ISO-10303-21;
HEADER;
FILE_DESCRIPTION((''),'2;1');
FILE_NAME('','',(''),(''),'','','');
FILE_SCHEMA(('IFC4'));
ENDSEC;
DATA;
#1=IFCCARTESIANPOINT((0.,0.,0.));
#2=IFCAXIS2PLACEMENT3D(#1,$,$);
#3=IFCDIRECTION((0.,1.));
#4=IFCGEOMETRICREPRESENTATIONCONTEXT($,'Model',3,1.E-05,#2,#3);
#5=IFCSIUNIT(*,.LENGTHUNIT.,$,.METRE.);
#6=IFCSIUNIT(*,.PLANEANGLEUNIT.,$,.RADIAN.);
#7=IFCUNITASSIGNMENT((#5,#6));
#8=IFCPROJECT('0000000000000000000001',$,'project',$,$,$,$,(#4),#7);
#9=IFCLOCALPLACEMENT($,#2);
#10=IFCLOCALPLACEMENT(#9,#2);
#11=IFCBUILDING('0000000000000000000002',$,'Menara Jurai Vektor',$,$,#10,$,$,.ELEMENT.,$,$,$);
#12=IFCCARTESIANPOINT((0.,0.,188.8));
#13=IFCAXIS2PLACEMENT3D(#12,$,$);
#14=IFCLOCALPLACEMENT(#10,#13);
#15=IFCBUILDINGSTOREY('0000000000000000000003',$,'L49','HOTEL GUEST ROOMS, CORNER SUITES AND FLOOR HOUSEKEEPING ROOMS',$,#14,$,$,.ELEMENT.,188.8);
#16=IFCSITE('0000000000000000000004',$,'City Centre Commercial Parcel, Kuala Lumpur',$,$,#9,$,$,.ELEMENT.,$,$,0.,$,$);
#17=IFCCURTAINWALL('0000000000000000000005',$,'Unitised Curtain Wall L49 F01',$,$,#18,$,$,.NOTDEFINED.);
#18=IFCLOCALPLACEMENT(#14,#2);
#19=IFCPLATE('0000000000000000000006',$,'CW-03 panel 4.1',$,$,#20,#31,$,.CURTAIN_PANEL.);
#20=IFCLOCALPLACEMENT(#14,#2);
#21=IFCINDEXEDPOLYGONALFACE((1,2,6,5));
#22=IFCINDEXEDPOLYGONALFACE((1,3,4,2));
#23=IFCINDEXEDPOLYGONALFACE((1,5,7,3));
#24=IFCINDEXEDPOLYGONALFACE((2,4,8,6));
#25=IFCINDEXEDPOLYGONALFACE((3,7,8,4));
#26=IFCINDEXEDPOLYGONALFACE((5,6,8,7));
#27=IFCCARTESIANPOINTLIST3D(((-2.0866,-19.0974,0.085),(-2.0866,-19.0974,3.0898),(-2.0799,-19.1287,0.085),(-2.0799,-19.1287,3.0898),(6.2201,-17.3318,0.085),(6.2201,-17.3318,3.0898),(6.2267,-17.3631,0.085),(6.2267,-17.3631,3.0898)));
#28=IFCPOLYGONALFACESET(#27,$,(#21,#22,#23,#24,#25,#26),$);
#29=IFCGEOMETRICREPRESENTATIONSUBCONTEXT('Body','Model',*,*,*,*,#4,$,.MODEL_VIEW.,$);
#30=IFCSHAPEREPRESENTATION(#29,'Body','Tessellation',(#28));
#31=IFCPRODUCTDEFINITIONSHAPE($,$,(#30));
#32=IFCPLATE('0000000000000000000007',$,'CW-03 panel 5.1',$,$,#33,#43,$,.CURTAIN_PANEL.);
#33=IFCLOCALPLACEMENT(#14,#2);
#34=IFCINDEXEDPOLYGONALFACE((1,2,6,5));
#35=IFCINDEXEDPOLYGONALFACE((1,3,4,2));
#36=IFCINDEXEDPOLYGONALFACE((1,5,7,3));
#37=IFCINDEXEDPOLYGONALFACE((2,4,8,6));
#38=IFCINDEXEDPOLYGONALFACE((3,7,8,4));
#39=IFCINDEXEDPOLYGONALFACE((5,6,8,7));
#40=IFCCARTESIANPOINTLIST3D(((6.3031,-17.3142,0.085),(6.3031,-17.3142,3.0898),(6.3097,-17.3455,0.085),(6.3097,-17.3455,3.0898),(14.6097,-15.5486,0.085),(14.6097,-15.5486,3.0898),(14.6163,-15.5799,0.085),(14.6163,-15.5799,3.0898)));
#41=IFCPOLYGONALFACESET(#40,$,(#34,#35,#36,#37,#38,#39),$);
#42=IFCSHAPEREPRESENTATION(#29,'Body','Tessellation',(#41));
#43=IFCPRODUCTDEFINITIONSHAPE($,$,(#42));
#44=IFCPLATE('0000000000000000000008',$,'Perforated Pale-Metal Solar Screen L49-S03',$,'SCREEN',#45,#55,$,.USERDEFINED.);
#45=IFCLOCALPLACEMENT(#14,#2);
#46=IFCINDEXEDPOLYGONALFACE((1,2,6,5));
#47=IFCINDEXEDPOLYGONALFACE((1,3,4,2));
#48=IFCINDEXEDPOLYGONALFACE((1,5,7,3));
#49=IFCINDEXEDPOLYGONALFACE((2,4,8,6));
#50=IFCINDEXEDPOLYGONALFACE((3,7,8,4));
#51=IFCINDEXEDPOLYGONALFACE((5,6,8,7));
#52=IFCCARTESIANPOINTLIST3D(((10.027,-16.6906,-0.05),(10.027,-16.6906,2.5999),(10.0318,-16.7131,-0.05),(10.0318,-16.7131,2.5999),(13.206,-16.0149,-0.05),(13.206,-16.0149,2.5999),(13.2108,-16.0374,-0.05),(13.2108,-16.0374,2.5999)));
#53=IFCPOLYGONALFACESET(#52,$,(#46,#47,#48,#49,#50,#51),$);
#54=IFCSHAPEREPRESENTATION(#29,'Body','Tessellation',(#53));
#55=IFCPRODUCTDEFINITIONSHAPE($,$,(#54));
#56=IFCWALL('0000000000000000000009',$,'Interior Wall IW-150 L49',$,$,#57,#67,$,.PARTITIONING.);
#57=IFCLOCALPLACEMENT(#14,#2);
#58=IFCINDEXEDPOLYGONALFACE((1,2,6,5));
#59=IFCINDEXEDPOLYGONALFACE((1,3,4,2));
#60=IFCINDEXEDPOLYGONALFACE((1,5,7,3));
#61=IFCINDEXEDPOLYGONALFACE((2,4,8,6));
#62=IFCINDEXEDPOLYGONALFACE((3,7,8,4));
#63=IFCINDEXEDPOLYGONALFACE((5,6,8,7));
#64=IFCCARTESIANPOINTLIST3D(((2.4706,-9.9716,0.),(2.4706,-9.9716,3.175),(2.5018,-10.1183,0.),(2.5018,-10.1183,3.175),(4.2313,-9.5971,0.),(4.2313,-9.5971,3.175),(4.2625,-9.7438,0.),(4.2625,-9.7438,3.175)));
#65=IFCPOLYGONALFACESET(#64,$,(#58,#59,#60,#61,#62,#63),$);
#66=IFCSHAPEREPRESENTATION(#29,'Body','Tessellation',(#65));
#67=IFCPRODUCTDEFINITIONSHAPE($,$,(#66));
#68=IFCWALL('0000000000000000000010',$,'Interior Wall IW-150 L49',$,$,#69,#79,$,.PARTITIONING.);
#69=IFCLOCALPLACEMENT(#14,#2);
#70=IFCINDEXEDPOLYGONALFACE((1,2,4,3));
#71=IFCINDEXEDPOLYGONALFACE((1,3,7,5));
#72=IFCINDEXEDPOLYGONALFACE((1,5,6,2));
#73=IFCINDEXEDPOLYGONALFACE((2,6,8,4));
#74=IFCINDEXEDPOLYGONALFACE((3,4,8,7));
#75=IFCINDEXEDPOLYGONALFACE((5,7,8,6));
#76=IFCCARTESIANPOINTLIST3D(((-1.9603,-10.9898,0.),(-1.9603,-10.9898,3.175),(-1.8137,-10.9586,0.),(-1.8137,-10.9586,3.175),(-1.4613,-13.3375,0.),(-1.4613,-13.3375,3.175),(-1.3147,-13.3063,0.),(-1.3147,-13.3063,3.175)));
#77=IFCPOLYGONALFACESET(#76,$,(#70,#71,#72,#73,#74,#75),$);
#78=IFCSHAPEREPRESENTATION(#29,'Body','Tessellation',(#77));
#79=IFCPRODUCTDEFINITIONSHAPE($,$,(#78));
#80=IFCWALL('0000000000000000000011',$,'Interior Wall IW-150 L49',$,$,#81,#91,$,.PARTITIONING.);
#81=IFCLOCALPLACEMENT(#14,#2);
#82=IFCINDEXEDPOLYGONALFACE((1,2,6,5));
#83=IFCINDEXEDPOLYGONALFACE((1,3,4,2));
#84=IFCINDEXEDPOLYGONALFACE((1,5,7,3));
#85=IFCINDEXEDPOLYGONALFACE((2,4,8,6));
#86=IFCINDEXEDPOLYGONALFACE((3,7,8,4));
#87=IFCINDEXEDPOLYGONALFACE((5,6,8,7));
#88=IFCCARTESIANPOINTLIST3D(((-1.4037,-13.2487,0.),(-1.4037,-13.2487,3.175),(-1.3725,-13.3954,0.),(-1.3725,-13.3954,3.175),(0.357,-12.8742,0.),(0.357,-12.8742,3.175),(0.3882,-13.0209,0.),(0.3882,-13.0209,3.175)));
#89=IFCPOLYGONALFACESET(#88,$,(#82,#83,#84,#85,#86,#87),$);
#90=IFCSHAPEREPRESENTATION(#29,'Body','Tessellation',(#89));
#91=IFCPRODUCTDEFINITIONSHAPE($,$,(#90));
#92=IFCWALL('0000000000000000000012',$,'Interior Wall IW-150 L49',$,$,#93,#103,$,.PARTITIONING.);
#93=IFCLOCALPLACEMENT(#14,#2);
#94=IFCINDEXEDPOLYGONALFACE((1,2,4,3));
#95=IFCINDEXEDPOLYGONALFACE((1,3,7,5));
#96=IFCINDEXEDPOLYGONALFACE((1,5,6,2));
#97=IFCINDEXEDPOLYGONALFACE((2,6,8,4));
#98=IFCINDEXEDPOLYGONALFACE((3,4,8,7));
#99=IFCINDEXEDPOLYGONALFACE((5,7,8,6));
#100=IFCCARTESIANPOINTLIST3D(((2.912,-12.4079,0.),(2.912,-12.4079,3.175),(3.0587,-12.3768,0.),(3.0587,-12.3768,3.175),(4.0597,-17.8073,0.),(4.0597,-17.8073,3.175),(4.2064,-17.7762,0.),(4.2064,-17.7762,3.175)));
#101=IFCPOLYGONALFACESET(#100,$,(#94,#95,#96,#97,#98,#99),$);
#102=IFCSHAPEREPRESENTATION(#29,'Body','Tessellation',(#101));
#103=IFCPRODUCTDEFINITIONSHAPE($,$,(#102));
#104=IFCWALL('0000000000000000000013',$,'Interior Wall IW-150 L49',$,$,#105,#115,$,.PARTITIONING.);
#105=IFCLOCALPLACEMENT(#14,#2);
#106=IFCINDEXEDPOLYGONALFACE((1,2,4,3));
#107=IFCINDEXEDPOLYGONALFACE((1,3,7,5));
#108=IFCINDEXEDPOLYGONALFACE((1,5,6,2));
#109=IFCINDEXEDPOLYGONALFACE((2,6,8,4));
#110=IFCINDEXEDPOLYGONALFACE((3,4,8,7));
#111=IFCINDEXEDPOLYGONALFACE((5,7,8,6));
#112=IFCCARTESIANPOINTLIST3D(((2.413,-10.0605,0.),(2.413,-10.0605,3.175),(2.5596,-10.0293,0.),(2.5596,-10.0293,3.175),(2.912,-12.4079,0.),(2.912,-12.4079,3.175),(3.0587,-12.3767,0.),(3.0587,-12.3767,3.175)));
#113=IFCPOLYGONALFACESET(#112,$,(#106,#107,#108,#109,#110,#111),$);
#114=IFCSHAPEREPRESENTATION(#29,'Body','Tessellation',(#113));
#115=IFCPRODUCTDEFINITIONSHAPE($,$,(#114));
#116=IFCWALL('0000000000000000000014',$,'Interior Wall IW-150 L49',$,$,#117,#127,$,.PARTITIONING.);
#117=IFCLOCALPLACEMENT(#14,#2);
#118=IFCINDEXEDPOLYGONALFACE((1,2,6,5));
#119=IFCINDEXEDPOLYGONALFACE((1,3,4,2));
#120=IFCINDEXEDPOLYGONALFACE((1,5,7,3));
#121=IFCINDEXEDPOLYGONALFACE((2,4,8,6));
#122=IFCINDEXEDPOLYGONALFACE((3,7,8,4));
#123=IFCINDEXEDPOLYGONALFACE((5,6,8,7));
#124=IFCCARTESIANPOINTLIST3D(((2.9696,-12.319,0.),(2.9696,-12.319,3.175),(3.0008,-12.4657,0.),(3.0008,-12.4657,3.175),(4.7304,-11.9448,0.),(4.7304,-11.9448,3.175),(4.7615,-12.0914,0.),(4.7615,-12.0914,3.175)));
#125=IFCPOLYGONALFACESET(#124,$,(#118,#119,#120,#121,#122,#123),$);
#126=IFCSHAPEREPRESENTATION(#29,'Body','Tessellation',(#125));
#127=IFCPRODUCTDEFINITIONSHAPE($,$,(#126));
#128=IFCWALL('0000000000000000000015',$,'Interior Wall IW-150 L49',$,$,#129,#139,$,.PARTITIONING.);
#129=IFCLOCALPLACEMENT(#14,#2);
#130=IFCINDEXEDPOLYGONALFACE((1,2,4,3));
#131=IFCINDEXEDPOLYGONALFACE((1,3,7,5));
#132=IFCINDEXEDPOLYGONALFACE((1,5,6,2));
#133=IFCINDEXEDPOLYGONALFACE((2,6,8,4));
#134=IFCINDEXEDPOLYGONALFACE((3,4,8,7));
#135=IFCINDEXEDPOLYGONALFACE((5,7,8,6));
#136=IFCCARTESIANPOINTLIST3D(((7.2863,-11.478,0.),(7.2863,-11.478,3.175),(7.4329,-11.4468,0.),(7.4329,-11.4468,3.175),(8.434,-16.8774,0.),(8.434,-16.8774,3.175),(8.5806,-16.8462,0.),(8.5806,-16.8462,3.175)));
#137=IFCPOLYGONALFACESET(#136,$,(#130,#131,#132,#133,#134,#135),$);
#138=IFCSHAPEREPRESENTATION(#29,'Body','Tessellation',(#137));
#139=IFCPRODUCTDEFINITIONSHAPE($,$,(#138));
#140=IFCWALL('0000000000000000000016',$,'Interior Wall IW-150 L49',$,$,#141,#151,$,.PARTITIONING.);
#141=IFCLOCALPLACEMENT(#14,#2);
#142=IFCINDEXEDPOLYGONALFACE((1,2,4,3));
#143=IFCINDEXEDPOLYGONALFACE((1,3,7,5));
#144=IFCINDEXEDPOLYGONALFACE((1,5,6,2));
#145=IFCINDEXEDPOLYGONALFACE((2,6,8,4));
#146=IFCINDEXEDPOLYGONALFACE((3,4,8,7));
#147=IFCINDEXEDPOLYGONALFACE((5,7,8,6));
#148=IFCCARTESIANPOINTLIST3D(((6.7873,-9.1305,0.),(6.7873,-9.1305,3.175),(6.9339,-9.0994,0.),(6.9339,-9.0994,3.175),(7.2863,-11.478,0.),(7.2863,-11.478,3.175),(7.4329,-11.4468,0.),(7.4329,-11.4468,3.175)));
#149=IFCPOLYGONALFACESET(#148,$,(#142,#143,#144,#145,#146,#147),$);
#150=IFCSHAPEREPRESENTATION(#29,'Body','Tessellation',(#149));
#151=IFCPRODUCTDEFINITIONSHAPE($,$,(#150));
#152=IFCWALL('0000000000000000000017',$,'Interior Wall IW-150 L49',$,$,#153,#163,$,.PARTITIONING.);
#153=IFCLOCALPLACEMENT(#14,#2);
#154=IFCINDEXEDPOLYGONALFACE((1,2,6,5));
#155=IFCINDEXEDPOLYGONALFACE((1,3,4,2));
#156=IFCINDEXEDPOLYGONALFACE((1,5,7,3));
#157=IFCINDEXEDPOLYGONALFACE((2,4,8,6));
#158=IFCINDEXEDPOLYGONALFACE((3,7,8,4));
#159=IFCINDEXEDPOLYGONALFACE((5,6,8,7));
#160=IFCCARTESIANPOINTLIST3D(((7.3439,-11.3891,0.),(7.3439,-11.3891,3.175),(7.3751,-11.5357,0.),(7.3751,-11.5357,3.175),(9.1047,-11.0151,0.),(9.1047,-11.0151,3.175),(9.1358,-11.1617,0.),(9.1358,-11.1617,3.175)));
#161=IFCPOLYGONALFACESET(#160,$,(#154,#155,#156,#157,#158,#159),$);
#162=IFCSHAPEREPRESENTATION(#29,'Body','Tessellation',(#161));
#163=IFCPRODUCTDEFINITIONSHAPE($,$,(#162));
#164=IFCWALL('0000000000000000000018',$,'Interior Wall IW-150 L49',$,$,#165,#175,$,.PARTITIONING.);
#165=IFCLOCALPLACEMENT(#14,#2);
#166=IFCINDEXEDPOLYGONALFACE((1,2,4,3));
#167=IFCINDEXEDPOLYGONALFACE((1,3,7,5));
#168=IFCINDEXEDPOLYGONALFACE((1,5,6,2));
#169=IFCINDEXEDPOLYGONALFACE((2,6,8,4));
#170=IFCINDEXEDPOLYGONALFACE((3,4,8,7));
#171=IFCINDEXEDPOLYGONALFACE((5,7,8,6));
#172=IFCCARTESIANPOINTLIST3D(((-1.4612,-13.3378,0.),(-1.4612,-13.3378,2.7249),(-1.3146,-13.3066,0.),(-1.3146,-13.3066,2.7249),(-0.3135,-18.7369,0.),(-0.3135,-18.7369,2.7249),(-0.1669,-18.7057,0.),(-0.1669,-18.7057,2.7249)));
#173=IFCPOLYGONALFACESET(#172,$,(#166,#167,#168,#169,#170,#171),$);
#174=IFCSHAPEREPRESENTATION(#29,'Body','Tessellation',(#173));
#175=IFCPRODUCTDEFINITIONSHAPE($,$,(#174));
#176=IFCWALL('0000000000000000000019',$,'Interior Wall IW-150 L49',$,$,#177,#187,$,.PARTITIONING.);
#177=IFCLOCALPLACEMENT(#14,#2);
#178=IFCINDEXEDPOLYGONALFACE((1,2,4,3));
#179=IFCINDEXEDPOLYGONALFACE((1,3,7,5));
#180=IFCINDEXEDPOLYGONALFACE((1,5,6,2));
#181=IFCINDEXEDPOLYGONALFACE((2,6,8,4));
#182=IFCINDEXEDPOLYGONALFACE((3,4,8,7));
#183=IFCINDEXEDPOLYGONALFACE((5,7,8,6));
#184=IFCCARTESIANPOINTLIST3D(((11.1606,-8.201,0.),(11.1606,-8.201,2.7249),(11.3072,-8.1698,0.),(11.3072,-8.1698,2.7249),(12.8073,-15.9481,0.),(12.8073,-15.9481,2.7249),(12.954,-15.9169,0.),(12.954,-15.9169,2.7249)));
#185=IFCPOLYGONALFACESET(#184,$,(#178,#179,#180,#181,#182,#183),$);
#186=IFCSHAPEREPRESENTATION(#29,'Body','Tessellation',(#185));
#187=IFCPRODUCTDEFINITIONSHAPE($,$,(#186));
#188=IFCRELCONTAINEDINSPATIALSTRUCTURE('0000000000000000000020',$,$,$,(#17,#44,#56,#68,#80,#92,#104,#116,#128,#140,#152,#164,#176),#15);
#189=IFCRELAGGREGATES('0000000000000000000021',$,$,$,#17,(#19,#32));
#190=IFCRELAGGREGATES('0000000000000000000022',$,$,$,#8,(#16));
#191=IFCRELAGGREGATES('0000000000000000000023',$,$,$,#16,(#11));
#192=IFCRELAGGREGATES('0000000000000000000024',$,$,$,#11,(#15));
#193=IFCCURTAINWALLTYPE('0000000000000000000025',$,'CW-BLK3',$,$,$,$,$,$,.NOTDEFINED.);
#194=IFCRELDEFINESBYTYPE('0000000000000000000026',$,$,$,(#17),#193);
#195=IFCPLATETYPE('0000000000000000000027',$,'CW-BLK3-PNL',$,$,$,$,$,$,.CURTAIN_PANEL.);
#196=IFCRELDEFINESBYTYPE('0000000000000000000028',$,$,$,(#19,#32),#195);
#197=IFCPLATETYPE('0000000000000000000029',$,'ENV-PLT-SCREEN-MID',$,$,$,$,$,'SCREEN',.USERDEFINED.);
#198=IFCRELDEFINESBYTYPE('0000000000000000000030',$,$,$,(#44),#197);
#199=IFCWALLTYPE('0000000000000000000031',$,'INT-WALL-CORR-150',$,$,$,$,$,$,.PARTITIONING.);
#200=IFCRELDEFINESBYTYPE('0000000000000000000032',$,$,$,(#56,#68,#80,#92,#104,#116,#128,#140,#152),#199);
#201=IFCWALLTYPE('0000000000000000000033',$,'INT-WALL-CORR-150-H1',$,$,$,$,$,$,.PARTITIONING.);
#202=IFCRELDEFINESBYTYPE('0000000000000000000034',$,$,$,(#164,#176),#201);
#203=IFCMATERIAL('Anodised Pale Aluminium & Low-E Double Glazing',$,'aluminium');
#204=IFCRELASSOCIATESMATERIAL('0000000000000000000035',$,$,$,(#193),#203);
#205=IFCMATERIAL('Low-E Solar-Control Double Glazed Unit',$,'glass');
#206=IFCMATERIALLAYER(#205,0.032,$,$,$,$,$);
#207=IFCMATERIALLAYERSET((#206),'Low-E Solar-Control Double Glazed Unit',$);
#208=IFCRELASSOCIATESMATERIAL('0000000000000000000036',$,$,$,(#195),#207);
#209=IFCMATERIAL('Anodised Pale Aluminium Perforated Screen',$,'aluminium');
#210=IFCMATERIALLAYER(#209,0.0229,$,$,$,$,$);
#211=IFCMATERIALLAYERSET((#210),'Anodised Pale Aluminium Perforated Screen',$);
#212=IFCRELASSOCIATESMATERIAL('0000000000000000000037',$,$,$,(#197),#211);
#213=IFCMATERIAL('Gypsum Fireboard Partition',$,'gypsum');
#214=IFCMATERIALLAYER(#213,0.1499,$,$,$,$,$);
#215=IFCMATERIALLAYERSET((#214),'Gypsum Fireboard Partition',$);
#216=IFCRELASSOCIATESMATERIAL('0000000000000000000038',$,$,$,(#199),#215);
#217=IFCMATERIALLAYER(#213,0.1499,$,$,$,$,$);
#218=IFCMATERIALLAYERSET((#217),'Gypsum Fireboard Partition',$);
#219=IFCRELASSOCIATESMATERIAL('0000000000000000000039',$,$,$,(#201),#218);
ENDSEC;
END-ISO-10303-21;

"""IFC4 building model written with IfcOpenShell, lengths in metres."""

from ifc_helpers import new_model, si_unit, direction, frame, frame_2d, origin, origin_2d, place, context, subcontext, project, spatial, rectangle, extrude, material, layer, layer_set, type_object, element, aggregate, save


model = new_model("IFC4")

# Units and contexts
model_context = context("Model", 3, precision=1e-05, world=origin(), true_north=direction((0.0, 1.0)))
body_context = subcontext(model_context, "Body", "Model", "MODEL_VIEW")
ifc_project = project(units=[si_unit("LENGTHUNIT", "METRE"), si_unit("PLANEANGLEUNIT", "RADIAN")], contexts=[model_context])

# Site, building, storey
site_placement = place(None, origin())
site = spatial("IfcSite", under=ifc_project, at=site_placement, Name="City Centre Commercial Parcel, Kuala Lumpur", CompositionType="ELEMENT", RefElevation=0.0)
building_placement = place(site_placement, origin())
building = spatial("IfcBuilding", under=site, at=building_placement, Name="Menara Jurai Vektor", CompositionType="ELEMENT")
storey_placement = place(building_placement, frame((0.0, 0.0, 188.8)))
storey = spatial("IfcBuildingStorey", under=building, at=storey_placement, Name="L49", Description="HOTEL GUEST ROOMS, CORNER SUITES AND FLOOR HOUSEKEEPING ROOMS", CompositionType="ELEMENT", Elevation=188.8)

# Curtain wall
ifc_material_1 = material(Name="Anodised Pale Aluminium & Low-E Double Glazing", Category="aluminium")
curtain_wall_type = type_object("IfcCurtainWallType", Name="CW-BLK3", PredefinedType="NOTDEFINED", material=ifc_material_1)
curtain_wall_placement = place(storey_placement, origin())
curtain_wall = element("IfcCurtainWall", 1, at=curtain_wall_placement, inside=storey, type_object=curtain_wall_type, Name="Unitised Curtain Wall L49 F01", PredefinedType="NOTDEFINED")

# Plates
ifc_material_2 = material(Name="Low-E Solar-Control Double Glazed Unit", Category="glass")
ifc_layer_1 = layer(ifc_material_2, 0.032)
ifc_layer_set_1 = layer_set([ifc_layer_1], Name="Low-E Solar-Control Double Glazed Unit")
plate_type_1 = type_object("IfcPlateType", Name="CW-BLK3-PNL", PredefinedType="CURTAIN_PANEL", material=ifc_layer_set_1)
plate_1_placement = place(storey_placement, frame((2.0701, -18.2302, 0.085), z_axis=(0.0, 0.0, 1.0), x_axis=(0.978148, 0.207911, 0.0)))
plate_1 = element("IfcPlate", 2, at=plate_1_placement, type_object=plate_type_1, Name="CW-03 panel 4.1", PredefinedType="CURTAIN_PANEL", context=body_context, shape_type="SweptSolid", body=[
    extrude(rectangle(XDim=8.4922, YDim=0.032, at=origin_2d()), origin(), (0.0, 0.0, 1.0), 3.0049),
])
plate_2_placement = place(storey_placement, frame((10.4597, -16.447, 0.085), z_axis=(0.0, 0.0, 1.0), x_axis=(0.978148, 0.207911, 0.0)))
plate_2 = element("IfcPlate", 3, at=plate_2_placement, type_object=plate_type_1, Name="CW-03 panel 5.1", PredefinedType="CURTAIN_PANEL", context=body_context, shape_type="SweptSolid", body=[
    extrude(rectangle(XDim=8.4922, YDim=0.032, at=origin_2d()), origin(), (0.0, 0.0, 1.0), 3.0049),
])
aggregate(curtain_wall, [plate_1, plate_2])
ifc_material_3 = material(Name="Anodised Pale Aluminium Perforated Screen", Category="aluminium")
ifc_layer_2 = layer(ifc_material_3, 0.0229)
ifc_layer_set_2 = layer_set([ifc_layer_2], Name="Anodised Pale Aluminium Perforated Screen")
plate_type_2 = type_object("IfcPlateType", Name="ENV-PLT-SCREEN-MID", ElementType="SCREEN", PredefinedType="USERDEFINED", material=ifc_layer_set_2)
plate_3_placement = place(storey_placement, frame((11.6189, -16.364, -0.05), z_axis=(0.0, 0.0, 1.0), x_axis=(0.978148, 0.207912, 0.0)))
element("IfcPlate", 4, at=plate_3_placement, inside=storey, type_object=plate_type_2, Name="Perforated Pale-Metal Solar Screen L49-S03", ObjectType="SCREEN", PredefinedType="USERDEFINED", context=body_context, shape_type="SweptSolid", body=[
    extrude(rectangle(XDim=3.25, YDim=0.0229, at=origin_2d()), origin(), (0.0, 0.0, 1.0), 2.6499),
])

# Shared definitions
ifc_material_4 = material(Name="Gypsum Fireboard Partition", Category="gypsum")
ifc_layer_3 = layer(ifc_material_4, 0.1499)
ifc_layer_set_3 = layer_set([ifc_layer_3], Name="Gypsum Fireboard Partition")
wall_type_1 = type_object("IfcWallType", Name="INT-WALL-CORR-150", PredefinedType="PARTITIONING", material=ifc_layer_set_3)

# Walls
wall_1_placement = place(storey_placement, frame((2.4863, -10.0449, 0.0), z_axis=(0.0, 0.0, 1.0), x_axis=(0.978119, 0.208047, 0.0)))
element("IfcWall", 5, at=wall_1_placement, inside=storey, type_object=wall_type_1, Name="Interior Wall IW-150 L49", PredefinedType="PARTITIONING", context=body_context, shape_type="SweptSolid", body=[
    extrude(rectangle(XDim=1.8, YDim=0.1499, at=frame_2d((0.8999, 0.0))), origin(), (0.0, 0.0, 1.0), 3.175),
])
wall_2_placement = place(storey_placement, frame((-1.3879, -13.322, 0.0), z_axis=(0.0, 0.0, 1.0), x_axis=(-0.207917, 0.978146, 0.0)))
element("IfcWall", 6, at=wall_2_placement, inside=storey, type_object=wall_type_1, Name="Interior Wall IW-150 L49", PredefinedType="PARTITIONING", context=body_context, shape_type="SweptSolid", body=[
    extrude(rectangle(XDim=2.4001, YDim=0.1499, at=frame_2d((1.2002, 0.0))), origin(), (0.0, 0.0, 1.0), 3.175),
])
wall_3_placement = place(storey_placement, frame((-1.3879, -13.322, 0.0), z_axis=(0.0, 0.0, 1.0), x_axis=(0.978119, 0.208047, 0.0)))
element("IfcWall", 7, at=wall_3_placement, inside=storey, type_object=wall_type_1, Name="Interior Wall IW-150 L49", PredefinedType="PARTITIONING", context=body_context, shape_type="SweptSolid", body=[
    extrude(rectangle(XDim=1.8, YDim=0.1499, at=frame_2d((0.8999, 0.0))), origin(), (0.0, 0.0, 1.0), 3.175),
])

# Walls
wall_4_placement = place(storey_placement, frame((4.1331, -17.7917, 0.0), z_axis=(0.0, 0.0, 1.0), x_axis=(-0.207916, 0.978147, 0.0)))
element("IfcWall", 8, at=wall_4_placement, inside=storey, type_object=wall_type_1, Name="Interior Wall IW-150 L49", PredefinedType="PARTITIONING", context=body_context, shape_type="SweptSolid", body=[
    extrude(rectangle(XDim=5.52, YDim=0.1499, at=frame_2d((2.76, 0.0))), origin(), (0.0, 0.0, 1.0), 3.175),
])
wall_5_placement = place(storey_placement, frame((2.9854, -12.3923, 0.0), z_axis=(0.0, 0.0, 1.0), x_axis=(-0.207938, 0.978142, 0.0)))
element("IfcWall", 9, at=wall_5_placement, inside=storey, type_object=wall_type_1, Name="Interior Wall IW-150 L49", PredefinedType="PARTITIONING", context=body_context, shape_type="SweptSolid", body=[
    extrude(rectangle(XDim=2.3999, YDim=0.1499, at=frame_2d((1.2, 0.0))), origin(), (0.0, 0.0, 1.0), 3.175),
])
wall_6_placement = place(storey_placement, frame((2.9854, -12.3923, 0.0), z_axis=(0.0, 0.0, 1.0), x_axis=(0.978146, 0.207917, 0.0)))
element("IfcWall", 10, at=wall_6_placement, inside=storey, type_object=wall_type_1, Name="Interior Wall IW-150 L49", PredefinedType="PARTITIONING", context=body_context, shape_type="SweptSolid", body=[
    extrude(rectangle(XDim=1.8, YDim=0.1499, at=frame_2d((0.8999, 0.0))), origin(), (0.0, 0.0, 1.0), 3.175),
])

# Walls
wall_7_placement = place(storey_placement, frame((8.5073, -16.8618, 0.0), z_axis=(0.0, 0.0, 1.0), x_axis=(-0.207916, 0.978147, 0.0)))
element("IfcWall", 11, at=wall_7_placement, inside=storey, type_object=wall_type_1, Name="Interior Wall IW-150 L49", PredefinedType="PARTITIONING", context=body_context, shape_type="SweptSolid", body=[
    extrude(rectangle(XDim=5.52, YDim=0.1499, at=frame_2d((2.76, 0.0))), origin(), (0.0, 0.0, 1.0), 3.175),
])
wall_8_placement = place(storey_placement, frame((7.3596, -11.4624, 0.0), z_axis=(0.0, 0.0, 1.0), x_axis=(-0.207938, 0.978142, 0.0)))
element("IfcWall", 12, at=wall_8_placement, inside=storey, type_object=wall_type_1, Name="Interior Wall IW-150 L49", PredefinedType="PARTITIONING", context=body_context, shape_type="SweptSolid", body=[
    extrude(rectangle(XDim=2.3999, YDim=0.1499, at=frame_2d((1.2, 0.0))), origin(), (0.0, 0.0, 1.0), 3.175),
])
wall_9_placement = place(storey_placement, frame((7.3596, -11.4624, 0.0), z_axis=(0.0, 0.0, 1.0), x_axis=(0.978174, 0.207787, 0.0)))
element("IfcWall", 13, at=wall_9_placement, inside=storey, type_object=wall_type_1, Name="Interior Wall IW-150 L49", PredefinedType="PARTITIONING", context=body_context, shape_type="SweptSolid", body=[
    extrude(rectangle(XDim=1.8, YDim=0.1499, at=frame_2d((0.8999, 0.0))), origin(), (0.0, 0.0, 1.0), 3.175),
])

# Walls
ifc_layer_4 = layer(ifc_material_4, 0.1499)
ifc_layer_set_4 = layer_set([ifc_layer_4], Name="Gypsum Fireboard Partition")
wall_type_2 = type_object("IfcWallType", Name="INT-WALL-CORR-150-H1", PredefinedType="PARTITIONING", material=ifc_layer_set_4)
wall_10_placement = place(storey_placement, frame((-0.2402, -18.7212, 0.0), z_axis=(0.0, 0.0, 1.0), x_axis=(-0.207925, 0.978145, 0.0)))
element("IfcWall", 14, at=wall_10_placement, inside=storey, type_object=wall_type_2, Name="Interior Wall IW-150 L49", PredefinedType="PARTITIONING", context=body_context, shape_type="SweptSolid", body=[
    extrude(rectangle(XDim=5.5198, YDim=0.1499, at=frame_2d((2.7598, 0.0))), origin(), (0.0, 0.0, 1.0), 2.7249),
])
wall_11_placement = place(storey_placement, frame((12.8806, -15.9324, 0.0), z_axis=(0.0, 0.0, 1.0), x_axis=(-0.207916, 0.978147, 0.0)))
element("IfcWall", 15, at=wall_11_placement, inside=storey, type_object=wall_type_2, Name="Interior Wall IW-150 L49", PredefinedType="PARTITIONING", context=body_context, shape_type="SweptSolid", body=[
    extrude(rectangle(XDim=7.9202, YDim=0.1499, at=frame_2d((3.96, 0.0))), origin(), (0.0, 0.0, 1.0), 2.7249),
])

save(model, "model.ifc")
